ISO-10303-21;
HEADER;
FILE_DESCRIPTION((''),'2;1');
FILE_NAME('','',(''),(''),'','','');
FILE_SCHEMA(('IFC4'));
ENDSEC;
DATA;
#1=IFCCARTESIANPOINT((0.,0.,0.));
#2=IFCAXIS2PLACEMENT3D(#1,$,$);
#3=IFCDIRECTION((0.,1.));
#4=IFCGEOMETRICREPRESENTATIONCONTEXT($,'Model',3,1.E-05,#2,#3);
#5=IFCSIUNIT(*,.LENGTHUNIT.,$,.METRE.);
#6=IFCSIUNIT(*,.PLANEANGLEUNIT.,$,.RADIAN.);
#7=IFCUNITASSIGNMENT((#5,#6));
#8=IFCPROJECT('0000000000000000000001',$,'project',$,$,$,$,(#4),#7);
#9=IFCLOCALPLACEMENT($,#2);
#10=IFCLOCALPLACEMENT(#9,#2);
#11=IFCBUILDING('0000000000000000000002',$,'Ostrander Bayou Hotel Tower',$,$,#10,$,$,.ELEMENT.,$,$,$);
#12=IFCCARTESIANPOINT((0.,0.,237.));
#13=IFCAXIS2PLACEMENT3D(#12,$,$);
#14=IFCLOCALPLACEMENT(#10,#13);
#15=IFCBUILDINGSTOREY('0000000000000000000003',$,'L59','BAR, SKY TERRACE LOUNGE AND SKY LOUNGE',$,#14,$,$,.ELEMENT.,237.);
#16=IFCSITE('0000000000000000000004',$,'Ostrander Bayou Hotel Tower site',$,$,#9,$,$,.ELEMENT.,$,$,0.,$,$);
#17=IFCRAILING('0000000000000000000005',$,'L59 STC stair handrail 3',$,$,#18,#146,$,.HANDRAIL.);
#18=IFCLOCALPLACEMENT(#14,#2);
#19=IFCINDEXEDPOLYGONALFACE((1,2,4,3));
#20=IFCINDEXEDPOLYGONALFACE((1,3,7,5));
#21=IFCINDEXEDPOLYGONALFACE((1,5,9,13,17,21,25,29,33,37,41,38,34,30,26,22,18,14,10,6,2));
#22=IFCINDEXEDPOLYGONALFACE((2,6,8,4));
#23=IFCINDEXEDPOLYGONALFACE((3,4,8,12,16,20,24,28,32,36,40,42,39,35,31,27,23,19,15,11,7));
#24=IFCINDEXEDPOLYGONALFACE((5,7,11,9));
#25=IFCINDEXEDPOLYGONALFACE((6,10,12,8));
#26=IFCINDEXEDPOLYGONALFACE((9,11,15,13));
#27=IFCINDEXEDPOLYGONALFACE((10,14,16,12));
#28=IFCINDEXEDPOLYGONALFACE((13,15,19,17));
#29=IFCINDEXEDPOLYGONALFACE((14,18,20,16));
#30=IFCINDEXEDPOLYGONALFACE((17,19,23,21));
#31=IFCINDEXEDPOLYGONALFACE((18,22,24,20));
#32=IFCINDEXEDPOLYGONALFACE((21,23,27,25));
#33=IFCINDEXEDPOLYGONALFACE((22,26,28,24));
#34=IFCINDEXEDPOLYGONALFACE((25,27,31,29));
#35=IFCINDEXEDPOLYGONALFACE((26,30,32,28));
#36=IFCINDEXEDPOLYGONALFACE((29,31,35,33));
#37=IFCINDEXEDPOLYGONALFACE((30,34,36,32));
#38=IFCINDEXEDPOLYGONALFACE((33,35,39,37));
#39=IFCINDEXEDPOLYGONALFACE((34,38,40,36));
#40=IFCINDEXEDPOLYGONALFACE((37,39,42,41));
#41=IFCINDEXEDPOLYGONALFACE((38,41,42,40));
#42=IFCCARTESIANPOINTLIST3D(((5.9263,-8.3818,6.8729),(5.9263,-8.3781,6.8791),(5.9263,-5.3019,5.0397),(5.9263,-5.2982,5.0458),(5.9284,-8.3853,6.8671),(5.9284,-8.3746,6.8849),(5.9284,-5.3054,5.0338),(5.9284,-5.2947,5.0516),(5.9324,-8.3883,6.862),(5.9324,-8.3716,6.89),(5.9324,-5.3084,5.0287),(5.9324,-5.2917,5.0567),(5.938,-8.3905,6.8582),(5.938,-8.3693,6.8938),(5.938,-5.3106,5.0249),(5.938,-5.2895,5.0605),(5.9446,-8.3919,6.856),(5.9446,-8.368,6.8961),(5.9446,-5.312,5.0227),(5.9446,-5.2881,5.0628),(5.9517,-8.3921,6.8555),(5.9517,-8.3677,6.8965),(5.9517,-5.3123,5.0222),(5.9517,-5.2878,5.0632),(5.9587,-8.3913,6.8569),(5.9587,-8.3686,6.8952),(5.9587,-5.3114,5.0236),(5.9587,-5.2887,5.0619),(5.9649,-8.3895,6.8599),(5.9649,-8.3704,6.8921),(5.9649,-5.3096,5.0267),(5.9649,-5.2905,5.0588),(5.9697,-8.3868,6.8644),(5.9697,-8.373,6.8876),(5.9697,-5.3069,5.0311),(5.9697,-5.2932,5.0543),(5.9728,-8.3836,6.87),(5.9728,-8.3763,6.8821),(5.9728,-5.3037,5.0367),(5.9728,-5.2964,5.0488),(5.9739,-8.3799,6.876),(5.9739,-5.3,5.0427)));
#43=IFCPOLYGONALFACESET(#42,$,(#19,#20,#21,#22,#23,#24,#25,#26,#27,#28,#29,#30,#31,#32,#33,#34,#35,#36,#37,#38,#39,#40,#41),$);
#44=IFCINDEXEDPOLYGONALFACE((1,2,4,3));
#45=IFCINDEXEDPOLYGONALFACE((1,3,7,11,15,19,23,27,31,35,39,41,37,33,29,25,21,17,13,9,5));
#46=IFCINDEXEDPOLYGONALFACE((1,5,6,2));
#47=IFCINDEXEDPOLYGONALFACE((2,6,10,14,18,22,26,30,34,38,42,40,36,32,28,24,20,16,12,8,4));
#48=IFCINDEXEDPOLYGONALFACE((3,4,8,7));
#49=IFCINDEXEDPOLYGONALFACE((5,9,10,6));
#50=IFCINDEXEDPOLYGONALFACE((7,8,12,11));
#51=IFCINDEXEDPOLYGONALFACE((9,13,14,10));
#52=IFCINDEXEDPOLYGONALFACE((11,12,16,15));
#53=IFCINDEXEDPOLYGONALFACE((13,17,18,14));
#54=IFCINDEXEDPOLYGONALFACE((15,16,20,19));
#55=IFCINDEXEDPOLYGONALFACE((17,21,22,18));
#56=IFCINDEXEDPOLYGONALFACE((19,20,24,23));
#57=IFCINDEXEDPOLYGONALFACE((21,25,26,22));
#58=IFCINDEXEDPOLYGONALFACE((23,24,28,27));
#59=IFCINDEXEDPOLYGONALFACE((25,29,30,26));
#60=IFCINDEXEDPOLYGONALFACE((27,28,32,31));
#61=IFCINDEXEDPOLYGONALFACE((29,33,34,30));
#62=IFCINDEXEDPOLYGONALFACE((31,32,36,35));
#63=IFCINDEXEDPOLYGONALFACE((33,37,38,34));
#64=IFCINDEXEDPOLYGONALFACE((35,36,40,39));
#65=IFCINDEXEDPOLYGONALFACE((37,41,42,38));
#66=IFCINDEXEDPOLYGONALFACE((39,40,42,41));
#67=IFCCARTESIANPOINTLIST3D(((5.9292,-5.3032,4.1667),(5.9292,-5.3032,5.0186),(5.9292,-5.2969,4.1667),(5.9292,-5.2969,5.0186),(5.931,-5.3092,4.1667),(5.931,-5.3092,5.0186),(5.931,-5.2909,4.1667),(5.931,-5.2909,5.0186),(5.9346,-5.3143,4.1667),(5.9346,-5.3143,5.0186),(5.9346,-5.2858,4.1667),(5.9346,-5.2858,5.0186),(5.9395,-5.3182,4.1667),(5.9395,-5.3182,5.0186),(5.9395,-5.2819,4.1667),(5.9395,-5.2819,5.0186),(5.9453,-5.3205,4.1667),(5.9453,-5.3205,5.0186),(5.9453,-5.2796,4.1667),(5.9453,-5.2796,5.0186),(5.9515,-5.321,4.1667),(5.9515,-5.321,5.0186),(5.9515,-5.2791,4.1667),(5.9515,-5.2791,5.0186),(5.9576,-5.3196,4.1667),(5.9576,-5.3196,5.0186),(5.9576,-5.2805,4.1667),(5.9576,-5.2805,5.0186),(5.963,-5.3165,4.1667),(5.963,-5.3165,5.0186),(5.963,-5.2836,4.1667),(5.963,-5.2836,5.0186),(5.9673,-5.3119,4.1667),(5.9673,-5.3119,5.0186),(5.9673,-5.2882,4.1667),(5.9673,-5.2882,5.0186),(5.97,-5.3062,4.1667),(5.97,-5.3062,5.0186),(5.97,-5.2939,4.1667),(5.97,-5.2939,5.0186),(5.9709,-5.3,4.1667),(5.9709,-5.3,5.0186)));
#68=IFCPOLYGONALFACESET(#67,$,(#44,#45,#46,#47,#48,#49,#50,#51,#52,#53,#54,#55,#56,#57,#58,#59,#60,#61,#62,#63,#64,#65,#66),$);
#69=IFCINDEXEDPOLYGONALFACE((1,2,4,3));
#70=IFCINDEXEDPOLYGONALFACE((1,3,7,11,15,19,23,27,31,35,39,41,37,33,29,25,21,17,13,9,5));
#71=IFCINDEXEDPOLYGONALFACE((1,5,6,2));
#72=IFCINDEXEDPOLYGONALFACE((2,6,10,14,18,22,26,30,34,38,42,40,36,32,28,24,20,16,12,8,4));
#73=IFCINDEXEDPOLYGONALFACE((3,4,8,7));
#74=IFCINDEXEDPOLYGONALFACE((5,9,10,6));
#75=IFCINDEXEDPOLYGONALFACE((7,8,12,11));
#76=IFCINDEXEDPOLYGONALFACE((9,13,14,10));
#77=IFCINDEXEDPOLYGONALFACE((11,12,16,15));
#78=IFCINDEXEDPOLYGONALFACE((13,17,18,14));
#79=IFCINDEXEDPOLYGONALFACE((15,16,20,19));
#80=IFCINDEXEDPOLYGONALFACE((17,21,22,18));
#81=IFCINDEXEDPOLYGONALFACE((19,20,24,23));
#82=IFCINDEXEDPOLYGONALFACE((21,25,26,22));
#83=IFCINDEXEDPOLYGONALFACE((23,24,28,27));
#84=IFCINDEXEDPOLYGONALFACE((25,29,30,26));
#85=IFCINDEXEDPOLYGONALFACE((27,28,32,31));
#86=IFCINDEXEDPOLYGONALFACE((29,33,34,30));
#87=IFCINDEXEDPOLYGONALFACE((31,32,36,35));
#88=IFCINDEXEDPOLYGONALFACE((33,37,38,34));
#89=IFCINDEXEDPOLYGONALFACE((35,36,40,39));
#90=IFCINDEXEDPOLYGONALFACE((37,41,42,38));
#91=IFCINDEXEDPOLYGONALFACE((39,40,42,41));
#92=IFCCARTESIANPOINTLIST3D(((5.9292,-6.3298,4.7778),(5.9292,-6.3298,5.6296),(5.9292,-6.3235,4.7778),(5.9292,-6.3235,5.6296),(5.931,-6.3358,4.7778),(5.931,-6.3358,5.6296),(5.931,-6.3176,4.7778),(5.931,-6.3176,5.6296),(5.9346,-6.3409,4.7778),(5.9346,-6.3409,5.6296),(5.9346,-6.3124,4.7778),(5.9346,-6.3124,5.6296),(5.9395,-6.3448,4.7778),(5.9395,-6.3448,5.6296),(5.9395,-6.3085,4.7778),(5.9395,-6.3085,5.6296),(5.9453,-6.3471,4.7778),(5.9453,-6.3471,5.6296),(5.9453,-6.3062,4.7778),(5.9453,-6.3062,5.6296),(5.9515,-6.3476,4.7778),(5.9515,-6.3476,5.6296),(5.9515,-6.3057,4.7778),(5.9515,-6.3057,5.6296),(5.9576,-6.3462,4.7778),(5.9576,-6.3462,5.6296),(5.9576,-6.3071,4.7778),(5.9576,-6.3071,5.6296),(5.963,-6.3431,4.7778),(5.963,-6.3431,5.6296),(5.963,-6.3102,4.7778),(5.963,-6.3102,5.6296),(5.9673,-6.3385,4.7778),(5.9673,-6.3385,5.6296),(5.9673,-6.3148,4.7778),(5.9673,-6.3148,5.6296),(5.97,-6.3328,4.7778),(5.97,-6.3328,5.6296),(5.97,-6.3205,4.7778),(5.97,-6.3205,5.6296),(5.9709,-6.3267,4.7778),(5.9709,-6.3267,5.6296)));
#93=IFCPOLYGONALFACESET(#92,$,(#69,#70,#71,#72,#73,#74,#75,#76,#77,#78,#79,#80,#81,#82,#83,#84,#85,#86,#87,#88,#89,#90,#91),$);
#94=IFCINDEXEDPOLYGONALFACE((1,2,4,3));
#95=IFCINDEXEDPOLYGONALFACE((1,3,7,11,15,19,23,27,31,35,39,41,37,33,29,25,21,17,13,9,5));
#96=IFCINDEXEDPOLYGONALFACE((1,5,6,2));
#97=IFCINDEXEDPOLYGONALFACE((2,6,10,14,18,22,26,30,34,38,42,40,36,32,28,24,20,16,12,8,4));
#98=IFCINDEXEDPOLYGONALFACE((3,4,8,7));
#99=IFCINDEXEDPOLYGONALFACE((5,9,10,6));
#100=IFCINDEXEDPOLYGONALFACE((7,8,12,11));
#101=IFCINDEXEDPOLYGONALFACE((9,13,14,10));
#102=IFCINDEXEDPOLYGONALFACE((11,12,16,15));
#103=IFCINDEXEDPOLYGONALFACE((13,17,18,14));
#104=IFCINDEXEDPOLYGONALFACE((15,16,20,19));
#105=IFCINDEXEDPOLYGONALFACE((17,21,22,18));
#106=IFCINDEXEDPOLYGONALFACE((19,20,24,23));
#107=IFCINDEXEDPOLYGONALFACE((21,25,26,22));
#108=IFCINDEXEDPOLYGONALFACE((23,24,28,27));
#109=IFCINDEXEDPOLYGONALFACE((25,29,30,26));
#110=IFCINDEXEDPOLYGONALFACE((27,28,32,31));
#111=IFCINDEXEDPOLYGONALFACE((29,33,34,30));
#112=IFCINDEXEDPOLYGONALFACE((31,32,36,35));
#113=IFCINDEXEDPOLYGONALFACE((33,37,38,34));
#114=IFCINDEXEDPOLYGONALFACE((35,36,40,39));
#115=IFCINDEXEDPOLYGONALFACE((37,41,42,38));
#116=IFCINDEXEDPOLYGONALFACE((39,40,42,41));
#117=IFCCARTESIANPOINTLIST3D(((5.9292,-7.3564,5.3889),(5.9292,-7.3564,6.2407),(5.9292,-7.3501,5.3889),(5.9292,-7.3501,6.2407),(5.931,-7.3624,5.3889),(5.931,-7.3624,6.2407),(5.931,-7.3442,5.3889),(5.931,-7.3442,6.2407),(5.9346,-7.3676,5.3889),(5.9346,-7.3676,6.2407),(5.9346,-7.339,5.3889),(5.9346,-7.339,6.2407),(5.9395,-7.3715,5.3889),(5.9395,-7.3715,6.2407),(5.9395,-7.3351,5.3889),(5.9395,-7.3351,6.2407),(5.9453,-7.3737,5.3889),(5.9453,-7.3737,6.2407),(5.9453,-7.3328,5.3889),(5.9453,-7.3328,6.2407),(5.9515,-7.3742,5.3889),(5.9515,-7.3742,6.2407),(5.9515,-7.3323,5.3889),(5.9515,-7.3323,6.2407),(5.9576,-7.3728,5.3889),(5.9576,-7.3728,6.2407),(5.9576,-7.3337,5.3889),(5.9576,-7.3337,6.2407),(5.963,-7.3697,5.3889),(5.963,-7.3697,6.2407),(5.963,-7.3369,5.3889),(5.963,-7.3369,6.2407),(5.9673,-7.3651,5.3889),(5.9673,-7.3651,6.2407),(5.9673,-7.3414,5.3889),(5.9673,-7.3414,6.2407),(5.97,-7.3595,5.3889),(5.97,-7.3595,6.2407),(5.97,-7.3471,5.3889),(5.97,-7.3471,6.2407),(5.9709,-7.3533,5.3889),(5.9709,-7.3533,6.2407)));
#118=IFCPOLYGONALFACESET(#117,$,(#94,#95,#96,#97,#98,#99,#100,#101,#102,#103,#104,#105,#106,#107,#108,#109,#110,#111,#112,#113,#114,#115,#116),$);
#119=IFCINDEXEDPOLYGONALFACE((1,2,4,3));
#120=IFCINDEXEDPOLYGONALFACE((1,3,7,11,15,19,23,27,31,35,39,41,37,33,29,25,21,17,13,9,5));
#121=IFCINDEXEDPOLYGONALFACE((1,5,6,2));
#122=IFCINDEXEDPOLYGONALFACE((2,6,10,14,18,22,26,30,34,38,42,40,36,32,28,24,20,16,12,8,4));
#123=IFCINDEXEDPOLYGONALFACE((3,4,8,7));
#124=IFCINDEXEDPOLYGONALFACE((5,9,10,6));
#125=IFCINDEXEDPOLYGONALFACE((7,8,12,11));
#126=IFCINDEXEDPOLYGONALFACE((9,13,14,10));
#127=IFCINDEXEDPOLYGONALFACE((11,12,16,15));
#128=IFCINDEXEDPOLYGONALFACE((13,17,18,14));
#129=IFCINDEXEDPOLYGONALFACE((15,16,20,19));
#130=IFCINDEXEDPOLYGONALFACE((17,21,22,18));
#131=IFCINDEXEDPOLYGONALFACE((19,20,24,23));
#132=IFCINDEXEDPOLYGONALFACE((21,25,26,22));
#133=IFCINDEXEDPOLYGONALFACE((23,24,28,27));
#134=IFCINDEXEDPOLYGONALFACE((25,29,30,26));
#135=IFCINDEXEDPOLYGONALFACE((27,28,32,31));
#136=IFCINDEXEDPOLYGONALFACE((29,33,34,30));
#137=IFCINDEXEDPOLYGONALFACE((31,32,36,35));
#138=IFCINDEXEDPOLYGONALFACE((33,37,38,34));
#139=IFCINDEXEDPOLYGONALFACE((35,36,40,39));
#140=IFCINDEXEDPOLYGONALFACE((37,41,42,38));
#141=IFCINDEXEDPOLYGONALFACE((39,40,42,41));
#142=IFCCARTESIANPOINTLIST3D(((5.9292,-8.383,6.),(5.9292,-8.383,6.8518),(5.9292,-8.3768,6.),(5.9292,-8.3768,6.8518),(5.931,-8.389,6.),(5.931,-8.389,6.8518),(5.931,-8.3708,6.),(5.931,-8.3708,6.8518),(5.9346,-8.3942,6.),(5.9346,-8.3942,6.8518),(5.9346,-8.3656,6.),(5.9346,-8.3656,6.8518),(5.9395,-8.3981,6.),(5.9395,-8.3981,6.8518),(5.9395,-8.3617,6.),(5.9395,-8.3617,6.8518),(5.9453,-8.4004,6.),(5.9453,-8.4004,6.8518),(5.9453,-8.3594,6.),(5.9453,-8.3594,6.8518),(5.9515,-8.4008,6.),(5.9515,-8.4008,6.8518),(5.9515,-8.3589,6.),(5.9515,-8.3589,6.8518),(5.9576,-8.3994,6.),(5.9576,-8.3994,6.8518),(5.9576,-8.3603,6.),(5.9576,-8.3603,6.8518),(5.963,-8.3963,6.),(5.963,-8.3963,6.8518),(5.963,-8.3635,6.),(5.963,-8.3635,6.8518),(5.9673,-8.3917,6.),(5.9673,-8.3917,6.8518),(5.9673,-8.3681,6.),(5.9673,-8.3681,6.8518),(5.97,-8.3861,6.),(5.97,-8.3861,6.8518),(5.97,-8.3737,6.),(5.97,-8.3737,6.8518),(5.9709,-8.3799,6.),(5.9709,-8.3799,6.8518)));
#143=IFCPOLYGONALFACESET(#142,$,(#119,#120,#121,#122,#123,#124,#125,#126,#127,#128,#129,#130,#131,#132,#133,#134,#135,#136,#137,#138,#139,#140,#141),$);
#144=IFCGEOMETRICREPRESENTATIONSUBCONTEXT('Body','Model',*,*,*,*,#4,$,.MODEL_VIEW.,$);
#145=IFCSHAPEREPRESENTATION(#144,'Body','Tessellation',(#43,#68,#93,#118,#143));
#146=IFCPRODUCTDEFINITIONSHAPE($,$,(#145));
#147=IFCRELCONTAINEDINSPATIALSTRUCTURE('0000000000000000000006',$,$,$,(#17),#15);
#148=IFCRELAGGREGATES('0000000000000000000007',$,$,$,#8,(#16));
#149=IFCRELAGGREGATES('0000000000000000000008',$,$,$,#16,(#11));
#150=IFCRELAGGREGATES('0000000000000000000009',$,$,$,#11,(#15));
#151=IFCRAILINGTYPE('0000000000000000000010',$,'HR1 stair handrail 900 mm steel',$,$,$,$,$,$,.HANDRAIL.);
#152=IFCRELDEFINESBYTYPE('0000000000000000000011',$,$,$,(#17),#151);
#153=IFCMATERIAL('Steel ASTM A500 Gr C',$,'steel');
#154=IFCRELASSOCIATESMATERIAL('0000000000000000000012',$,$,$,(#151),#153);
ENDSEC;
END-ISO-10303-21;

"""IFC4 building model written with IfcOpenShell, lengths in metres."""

from ifc_helpers import new_model, si_unit, direction, frame, origin, origin_2d, place, context, subcontext, project, spatial, circle, extrude, material, type_object, element, save


model = new_model("IFC4")

# Units and contexts
model_context = context("Model", 3, precision=1e-05, world=origin(), true_north=direction((0.0, 1.0)))
body_context = subcontext(model_context, "Body", "Model", "MODEL_VIEW")
ifc_project = project(units=[si_unit("LENGTHUNIT", "METRE"), si_unit("PLANEANGLEUNIT", "RADIAN")], contexts=[model_context])

# Site, building, storey
site_placement = place(None, origin())
site = spatial("IfcSite", under=ifc_project, at=site_placement, Name="Ostrander Bayou Hotel Tower site", CompositionType="ELEMENT", RefElevation=0.0)
building_placement = place(site_placement, origin())
building = spatial("IfcBuilding", under=site, at=building_placement, Name="Ostrander Bayou Hotel Tower", CompositionType="ELEMENT")
storey_placement = place(building_placement, frame((0.0, 0.0, 237.0)))
storey = spatial("IfcBuildingStorey", under=building, at=storey_placement, Name="L59", Description="BAR, SKY TERRACE LOUNGE AND SKY LOUNGE", CompositionType="ELEMENT", Elevation=237.0)

# Railing
ifc_material_1 = material(Name="Steel ASTM A500 Gr C", Category="steel")
railing_type_1 = type_object("IfcRailingType", Name="HR1 stair handrail 900 mm steel", PredefinedType="HANDRAIL", material=ifc_material_1)
for number, where, name in (
    (1, (5.95, -5.3, 4.1667), "L59 STC stair handrail 3"),
):
    element("IfcRailing", number, at=place(storey_placement, frame(where)), inside=storey, type_object=railing_type_1, Name=name, PredefinedType="HANDRAIL", context=body_context, shape_type="SweptSolid", body=[
        extrude(circle(Radius=0.0239, at=origin_2d()), frame((0.0, 0.0, 0.876), z_axis=(0.0, -0.859291, 0.511487), x_axis=(1.0, 0.0, 0.0)), (0.0, 0.0, 1.0), 3.5842),
        extrude(circle(Radius=0.021, at=origin_2d()), origin(), (0.0, 0.0, 1.0), 0.8518),
        extrude(circle(Radius=0.021, at=origin_2d()), frame((0.0, -1.0266, 0.6111)), (0.0, 0.0, 1.0), 0.8518),
        extrude(circle(Radius=0.021, at=origin_2d()), frame((0.0, -2.0532, 1.2222)), (0.0, 0.0, 1.0), 0.8518),
        extrude(circle(Radius=0.021, at=origin_2d()), frame((0.0, -3.0798, 1.8333)), (0.0, 0.0, 1.0), 0.8518),
    ])

save(model, "model.ifc")
